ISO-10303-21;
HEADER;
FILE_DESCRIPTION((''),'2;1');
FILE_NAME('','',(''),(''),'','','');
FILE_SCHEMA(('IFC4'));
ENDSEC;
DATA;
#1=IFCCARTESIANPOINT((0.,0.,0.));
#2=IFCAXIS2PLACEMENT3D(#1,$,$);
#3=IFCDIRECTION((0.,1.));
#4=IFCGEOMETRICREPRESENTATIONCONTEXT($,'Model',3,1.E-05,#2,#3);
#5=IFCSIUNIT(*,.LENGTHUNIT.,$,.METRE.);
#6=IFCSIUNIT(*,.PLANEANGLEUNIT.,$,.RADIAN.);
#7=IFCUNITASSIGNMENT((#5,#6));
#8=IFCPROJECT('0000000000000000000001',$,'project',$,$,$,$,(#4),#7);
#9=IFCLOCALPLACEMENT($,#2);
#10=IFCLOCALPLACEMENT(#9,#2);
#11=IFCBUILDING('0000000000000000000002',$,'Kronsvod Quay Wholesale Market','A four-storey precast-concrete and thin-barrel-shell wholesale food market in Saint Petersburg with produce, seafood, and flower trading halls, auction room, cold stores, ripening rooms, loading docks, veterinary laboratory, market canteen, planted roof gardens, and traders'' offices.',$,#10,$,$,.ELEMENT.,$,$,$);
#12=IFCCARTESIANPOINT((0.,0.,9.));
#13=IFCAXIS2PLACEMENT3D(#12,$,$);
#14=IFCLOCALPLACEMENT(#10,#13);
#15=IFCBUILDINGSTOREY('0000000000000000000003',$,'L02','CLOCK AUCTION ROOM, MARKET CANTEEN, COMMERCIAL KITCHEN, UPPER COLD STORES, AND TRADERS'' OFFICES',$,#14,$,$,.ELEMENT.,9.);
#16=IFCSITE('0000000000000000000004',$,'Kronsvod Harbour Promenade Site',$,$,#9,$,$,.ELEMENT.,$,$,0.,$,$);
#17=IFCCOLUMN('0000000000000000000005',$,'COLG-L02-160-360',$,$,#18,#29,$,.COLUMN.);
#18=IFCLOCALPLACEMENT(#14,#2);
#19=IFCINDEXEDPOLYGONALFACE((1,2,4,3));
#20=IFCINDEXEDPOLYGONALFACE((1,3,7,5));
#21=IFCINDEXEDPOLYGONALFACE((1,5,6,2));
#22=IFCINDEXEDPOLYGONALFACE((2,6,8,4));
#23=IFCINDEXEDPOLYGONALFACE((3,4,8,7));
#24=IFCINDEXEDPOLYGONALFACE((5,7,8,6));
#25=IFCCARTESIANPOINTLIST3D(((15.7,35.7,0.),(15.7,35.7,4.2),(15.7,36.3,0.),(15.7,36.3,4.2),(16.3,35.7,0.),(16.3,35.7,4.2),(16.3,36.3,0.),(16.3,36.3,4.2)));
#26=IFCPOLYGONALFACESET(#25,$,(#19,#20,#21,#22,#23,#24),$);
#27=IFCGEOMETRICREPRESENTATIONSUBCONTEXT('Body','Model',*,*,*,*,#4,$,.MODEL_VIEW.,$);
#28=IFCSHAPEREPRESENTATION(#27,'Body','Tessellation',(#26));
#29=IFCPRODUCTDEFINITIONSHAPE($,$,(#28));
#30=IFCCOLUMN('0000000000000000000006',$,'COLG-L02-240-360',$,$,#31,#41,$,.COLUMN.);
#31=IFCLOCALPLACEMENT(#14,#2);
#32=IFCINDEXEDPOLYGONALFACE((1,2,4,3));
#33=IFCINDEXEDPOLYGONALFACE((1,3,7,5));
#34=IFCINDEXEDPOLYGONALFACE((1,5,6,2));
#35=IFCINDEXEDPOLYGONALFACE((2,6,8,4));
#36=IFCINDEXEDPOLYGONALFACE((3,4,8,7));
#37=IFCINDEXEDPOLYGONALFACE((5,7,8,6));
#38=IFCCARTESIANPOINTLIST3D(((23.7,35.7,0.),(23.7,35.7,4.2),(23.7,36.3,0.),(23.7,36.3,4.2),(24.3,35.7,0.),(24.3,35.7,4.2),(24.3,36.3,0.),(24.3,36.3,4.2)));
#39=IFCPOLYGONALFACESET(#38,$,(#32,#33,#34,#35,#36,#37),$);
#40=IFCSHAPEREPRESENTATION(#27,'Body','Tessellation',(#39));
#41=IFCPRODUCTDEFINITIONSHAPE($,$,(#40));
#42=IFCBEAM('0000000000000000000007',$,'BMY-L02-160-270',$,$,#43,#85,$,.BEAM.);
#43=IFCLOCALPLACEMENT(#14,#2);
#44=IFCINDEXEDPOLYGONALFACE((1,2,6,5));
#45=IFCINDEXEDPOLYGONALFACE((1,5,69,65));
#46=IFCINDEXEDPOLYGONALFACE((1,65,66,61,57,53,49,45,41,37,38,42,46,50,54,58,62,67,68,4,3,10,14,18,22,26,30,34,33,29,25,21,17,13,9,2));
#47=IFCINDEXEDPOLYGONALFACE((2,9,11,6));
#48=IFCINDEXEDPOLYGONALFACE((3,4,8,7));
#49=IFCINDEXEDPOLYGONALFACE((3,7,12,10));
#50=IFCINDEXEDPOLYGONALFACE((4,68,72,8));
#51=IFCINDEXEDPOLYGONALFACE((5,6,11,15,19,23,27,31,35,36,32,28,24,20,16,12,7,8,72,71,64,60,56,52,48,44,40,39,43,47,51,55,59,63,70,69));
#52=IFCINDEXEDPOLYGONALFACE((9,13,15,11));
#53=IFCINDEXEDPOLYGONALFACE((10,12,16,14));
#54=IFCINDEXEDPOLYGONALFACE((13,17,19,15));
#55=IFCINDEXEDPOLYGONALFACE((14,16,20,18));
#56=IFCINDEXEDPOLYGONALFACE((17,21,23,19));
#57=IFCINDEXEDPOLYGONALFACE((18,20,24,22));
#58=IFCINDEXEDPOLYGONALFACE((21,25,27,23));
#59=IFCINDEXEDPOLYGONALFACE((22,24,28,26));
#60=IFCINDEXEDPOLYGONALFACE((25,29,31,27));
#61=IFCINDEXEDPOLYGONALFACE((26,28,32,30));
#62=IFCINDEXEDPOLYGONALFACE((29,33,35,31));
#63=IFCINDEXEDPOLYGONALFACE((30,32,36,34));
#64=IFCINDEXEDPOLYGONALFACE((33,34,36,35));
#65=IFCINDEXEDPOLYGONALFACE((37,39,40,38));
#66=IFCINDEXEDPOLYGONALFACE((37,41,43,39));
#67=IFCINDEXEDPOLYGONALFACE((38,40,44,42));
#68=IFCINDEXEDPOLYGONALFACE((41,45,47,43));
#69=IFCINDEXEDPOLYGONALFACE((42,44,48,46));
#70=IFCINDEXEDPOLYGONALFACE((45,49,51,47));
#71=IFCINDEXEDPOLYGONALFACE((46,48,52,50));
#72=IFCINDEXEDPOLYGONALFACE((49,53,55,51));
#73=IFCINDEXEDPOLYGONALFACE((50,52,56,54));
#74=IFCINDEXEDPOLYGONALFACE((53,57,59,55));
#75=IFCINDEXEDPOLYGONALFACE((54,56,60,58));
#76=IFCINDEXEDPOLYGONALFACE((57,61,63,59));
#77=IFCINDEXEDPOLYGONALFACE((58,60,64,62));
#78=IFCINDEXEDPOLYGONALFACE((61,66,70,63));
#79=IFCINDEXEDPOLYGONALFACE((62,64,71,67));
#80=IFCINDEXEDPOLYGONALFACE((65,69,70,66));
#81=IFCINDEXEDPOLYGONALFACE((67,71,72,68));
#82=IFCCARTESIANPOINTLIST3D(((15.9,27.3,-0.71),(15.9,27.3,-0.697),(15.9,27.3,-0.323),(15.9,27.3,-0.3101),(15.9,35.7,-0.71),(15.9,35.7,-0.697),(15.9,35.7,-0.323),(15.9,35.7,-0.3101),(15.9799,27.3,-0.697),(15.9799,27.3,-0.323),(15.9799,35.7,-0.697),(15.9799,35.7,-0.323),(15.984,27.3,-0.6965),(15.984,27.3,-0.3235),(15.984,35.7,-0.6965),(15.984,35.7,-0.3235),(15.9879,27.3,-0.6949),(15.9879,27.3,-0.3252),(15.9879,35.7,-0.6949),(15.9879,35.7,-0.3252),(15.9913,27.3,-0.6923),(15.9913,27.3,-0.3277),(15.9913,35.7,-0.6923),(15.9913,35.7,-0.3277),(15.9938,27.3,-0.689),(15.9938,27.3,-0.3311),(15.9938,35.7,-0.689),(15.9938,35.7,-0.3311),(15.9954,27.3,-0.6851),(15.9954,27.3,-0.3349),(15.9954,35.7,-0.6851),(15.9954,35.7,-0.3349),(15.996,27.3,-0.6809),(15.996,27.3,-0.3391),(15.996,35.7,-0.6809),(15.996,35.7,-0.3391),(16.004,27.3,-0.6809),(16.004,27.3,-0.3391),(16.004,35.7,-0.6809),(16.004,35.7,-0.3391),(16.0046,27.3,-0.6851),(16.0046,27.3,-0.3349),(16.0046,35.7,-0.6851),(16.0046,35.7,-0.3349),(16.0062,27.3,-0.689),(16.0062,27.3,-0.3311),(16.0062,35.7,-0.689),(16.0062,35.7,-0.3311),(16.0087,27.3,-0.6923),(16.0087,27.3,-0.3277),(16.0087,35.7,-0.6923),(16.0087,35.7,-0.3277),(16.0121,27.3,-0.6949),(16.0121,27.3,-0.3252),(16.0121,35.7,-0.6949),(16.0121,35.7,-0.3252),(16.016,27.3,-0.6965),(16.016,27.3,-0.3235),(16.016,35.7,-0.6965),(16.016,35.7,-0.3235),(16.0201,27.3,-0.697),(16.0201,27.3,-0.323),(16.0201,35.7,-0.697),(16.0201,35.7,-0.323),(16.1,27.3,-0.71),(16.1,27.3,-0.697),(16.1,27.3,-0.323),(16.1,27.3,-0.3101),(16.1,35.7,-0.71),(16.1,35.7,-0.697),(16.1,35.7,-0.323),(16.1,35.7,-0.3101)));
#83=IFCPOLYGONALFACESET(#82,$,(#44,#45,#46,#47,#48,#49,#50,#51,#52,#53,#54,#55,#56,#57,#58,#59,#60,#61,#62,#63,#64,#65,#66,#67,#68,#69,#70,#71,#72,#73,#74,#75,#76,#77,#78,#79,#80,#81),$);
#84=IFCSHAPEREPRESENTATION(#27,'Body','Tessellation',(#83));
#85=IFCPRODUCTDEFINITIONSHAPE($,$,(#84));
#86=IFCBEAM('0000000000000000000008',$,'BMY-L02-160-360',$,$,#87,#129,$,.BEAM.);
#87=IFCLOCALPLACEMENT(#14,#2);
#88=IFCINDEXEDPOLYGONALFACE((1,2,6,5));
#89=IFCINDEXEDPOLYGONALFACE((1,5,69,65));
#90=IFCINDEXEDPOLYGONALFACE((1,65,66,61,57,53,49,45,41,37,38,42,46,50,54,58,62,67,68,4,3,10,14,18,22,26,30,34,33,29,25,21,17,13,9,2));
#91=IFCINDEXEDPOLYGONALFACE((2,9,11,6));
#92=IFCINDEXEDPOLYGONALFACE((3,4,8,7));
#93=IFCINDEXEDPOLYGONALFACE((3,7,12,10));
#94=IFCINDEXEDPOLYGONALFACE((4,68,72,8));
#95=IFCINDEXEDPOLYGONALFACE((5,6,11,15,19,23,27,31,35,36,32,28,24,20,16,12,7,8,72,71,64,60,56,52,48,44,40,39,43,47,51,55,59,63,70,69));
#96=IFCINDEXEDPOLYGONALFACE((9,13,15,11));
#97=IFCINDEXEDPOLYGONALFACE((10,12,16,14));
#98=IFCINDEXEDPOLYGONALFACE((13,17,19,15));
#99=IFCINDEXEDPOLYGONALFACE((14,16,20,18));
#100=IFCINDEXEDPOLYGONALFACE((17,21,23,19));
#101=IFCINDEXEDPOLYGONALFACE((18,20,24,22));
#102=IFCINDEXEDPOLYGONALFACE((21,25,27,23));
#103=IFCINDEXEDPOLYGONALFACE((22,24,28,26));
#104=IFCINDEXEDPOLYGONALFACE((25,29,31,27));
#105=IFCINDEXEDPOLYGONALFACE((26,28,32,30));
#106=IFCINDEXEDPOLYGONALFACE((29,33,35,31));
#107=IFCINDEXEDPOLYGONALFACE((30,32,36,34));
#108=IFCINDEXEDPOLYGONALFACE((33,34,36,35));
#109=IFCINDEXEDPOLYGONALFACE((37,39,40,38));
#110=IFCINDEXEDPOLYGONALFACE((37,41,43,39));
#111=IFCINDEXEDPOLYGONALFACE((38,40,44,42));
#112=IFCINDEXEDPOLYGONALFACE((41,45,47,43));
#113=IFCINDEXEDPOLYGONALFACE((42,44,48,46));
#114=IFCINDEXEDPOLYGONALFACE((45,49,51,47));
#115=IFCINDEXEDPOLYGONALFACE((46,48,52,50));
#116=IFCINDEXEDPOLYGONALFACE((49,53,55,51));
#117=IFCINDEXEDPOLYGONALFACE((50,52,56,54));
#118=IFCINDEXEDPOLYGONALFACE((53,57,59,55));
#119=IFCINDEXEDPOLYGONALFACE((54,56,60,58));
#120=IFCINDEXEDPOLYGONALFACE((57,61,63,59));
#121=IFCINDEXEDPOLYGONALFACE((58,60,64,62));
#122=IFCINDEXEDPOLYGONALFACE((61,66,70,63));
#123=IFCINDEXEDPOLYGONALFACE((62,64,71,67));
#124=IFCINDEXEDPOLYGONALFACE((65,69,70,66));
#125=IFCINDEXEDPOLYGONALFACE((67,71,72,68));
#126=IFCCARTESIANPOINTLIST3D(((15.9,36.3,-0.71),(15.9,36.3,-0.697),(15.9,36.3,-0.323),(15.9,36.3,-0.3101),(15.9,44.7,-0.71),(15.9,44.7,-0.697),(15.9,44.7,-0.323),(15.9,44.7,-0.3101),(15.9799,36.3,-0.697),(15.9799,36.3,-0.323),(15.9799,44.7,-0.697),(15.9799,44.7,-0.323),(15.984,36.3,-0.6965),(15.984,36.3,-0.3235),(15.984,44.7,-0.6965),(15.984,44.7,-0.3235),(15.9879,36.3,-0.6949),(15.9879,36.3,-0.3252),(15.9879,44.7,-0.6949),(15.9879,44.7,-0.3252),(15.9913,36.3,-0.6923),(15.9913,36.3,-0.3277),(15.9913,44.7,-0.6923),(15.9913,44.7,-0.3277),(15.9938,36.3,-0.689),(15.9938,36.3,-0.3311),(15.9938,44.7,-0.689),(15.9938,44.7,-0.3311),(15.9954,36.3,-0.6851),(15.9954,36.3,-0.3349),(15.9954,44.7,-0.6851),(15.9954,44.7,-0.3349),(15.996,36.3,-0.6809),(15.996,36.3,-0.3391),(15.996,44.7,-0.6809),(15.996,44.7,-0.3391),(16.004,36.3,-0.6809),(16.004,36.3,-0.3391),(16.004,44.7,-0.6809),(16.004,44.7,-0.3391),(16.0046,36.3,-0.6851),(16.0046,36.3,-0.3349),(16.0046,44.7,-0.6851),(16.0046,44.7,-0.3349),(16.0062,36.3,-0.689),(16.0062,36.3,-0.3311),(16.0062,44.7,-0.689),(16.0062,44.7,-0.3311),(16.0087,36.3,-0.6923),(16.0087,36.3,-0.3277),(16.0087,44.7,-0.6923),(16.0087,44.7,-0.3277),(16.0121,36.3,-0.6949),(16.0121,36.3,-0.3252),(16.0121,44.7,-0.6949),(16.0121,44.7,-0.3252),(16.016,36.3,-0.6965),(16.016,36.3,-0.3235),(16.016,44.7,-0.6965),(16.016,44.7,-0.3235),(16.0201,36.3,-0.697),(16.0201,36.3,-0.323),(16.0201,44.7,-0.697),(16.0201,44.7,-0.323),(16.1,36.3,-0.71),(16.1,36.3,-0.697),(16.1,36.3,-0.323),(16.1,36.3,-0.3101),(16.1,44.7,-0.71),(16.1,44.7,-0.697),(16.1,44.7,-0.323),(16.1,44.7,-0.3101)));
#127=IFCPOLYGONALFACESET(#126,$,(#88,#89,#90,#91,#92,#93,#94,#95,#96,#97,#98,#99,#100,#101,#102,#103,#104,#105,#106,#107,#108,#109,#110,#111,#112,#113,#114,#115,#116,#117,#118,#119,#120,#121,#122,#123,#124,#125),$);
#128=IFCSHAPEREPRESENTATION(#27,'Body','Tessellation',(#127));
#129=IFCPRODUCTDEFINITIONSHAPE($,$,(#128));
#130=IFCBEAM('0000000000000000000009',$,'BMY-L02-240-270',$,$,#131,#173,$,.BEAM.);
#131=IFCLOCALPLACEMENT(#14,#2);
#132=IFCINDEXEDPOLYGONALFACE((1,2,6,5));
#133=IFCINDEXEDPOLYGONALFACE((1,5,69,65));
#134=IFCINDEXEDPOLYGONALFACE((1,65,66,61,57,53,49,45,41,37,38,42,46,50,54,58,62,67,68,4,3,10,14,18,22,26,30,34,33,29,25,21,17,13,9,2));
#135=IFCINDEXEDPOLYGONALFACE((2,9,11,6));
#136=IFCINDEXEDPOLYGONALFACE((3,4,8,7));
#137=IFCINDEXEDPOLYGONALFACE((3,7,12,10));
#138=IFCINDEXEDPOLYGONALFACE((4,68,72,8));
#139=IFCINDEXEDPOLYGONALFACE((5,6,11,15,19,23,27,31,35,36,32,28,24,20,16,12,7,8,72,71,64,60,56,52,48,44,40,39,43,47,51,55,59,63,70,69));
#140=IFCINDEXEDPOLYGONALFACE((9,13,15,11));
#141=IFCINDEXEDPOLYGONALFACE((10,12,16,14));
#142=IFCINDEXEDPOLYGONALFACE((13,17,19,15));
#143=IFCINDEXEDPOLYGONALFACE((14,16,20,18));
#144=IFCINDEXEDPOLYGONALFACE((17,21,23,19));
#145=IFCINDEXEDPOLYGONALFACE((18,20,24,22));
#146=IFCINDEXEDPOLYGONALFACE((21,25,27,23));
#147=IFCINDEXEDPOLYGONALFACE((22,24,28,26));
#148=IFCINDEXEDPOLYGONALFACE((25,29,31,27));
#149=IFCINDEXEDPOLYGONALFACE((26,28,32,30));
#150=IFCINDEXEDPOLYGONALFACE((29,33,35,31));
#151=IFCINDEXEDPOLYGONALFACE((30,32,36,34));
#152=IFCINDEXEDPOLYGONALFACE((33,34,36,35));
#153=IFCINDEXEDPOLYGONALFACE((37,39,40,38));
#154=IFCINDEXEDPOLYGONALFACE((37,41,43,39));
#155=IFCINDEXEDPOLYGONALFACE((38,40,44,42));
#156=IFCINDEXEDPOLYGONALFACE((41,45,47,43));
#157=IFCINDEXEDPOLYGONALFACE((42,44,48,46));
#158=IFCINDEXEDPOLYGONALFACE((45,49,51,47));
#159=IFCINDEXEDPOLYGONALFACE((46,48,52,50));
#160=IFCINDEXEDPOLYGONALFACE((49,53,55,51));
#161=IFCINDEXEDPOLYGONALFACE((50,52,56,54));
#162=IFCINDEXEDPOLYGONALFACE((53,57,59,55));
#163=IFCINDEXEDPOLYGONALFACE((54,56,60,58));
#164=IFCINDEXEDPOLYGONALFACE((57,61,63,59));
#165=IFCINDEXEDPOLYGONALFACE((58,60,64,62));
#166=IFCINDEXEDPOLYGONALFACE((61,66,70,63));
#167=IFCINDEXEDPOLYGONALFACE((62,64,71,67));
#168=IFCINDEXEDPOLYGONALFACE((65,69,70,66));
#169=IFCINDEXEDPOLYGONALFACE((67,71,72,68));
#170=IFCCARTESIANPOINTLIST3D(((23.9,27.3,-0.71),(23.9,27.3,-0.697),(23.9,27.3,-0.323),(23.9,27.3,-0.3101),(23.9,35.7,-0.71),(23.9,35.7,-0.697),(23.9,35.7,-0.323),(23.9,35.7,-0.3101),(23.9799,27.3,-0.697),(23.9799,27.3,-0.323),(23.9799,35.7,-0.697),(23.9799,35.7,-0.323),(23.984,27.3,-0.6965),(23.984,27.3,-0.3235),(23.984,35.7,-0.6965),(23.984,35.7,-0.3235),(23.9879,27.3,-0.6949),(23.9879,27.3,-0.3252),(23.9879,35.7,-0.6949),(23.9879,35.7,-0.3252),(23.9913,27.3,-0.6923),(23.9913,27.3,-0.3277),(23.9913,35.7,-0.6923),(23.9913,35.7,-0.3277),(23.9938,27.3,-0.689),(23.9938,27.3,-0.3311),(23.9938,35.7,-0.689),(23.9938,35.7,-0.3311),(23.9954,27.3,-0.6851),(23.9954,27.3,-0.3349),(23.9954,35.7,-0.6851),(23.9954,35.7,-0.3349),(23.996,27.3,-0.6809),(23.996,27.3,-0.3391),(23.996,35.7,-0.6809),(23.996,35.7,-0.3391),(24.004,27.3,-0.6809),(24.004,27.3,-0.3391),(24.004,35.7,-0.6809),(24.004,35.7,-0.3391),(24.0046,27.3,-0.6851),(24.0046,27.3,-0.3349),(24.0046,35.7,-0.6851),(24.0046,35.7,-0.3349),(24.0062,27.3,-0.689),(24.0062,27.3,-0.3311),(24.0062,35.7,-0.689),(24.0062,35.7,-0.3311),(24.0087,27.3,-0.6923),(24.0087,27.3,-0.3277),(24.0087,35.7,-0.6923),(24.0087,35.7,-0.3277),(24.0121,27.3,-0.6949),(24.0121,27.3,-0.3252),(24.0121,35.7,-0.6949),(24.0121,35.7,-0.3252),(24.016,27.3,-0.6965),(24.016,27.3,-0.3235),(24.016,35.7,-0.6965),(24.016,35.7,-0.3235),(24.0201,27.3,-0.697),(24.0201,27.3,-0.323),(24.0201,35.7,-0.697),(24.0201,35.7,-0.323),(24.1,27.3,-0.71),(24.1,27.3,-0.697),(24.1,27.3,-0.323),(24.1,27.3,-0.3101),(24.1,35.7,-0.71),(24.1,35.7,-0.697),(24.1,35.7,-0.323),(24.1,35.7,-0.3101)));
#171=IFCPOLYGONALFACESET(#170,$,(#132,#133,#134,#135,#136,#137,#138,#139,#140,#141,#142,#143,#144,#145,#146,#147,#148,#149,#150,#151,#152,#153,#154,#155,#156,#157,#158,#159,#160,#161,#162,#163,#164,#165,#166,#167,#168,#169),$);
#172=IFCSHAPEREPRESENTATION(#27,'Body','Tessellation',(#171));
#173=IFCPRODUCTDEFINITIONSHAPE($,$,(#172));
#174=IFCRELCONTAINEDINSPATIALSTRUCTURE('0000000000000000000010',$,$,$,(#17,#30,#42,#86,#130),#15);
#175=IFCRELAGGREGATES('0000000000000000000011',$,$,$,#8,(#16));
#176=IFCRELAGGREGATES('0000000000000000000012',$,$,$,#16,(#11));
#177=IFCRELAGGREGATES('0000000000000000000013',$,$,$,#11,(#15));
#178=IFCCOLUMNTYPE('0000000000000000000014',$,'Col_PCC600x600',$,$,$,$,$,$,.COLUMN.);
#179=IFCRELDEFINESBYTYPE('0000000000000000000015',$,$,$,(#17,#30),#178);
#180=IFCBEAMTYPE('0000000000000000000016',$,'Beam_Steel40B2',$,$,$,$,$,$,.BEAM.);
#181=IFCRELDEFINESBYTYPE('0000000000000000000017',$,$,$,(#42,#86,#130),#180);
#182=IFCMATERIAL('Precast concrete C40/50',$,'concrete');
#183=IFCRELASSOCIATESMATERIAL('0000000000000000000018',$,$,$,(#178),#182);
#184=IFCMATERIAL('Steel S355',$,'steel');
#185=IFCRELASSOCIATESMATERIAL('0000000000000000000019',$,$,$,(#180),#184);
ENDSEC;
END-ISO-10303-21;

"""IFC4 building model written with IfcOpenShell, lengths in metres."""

from ifc_helpers import new_model, si_unit, direction, frame, origin, origin_2d, place, context, subcontext, project, spatial, rectangle, i_section, extrude, material, material_profile, profile_set, type_object, element, save


model = new_model("IFC4")

# Units and contexts
model_context = context("Model", 3, precision=1e-05, world=origin(), true_north=direction((0.0, 1.0)))
body_context = subcontext(model_context, "Body", "Model", "MODEL_VIEW")
ifc_project = project(units=[si_unit("LENGTHUNIT", "METRE"), si_unit("PLANEANGLEUNIT", "RADIAN")], contexts=[model_context])

# Site, building, storey
site_placement = place(None, origin())
site = spatial("IfcSite", under=ifc_project, at=site_placement, Name="Kronsvod Harbour Promenade Site", CompositionType="ELEMENT", RefElevation=0.0)
building_placement = place(site_placement, origin())
building = spatial("IfcBuilding", under=site, at=building_placement, Name="Kronsvod Quay Wholesale Market", Description="A four-storey precast-concrete and thin-barrel-shell wholesale food market in Saint Petersburg with produce, seafood, and flower trading halls, auction room, cold stores, ripening rooms, loading docks, veterinary laboratory, market canteen, planted roof gardens, and traders' offices.", CompositionType="ELEMENT")
storey_placement = place(building_placement, frame((0.0, 0.0, 9.0)))
storey = spatial("IfcBuildingStorey", under=building, at=storey_placement, Name="L02", Description="CLOCK AUCTION ROOM, MARKET CANTEEN, COMMERCIAL KITCHEN, UPPER COLD STORES, AND TRADERS' OFFICES", CompositionType="ELEMENT", Elevation=9.0)

# Columns
ifc_material_1 = material(Name="Precast concrete C40/50", Category="concrete")
ifc_material_profile_1 = material_profile(ifc_material_1, rectangle(XDim=0.6001, YDim=0.6001, at=origin_2d()), Name="PCC600x600")
ifc_profile_set_1 = profile_set([ifc_material_profile_1], Name="Precast concrete C40/50")
column_type = type_object("IfcColumnType", Name="Col_PCC600x600", PredefinedType="COLUMN", material=ifc_profile_set_1)
for number, where, z_axis, x_axis, name in (
    (1, (16.0, 36.0, 0.0), (0.0, 0.0, 1.0), (1.0, 0.0, 0.0), "COLG-L02-160-360"),
    (2, (24.0, 36.0, 0.0), (0.0, 0.0, 1.0), (1.0, 0.0, 0.0), "COLG-L02-240-360"),
):
    element("IfcColumn", number, at=place(storey_placement, frame(where, z_axis=z_axis, x_axis=x_axis)), inside=storey, type_object=column_type, Name=name, PredefinedType="COLUMN", context=body_context, shape_type="SweptSolid", body=[
        extrude(rectangle(XDim=0.6001, YDim=0.6001, at=origin_2d()), origin(), (0.0, 0.0, 1.0), 4.2),
    ])

# Beams
ifc_material_2 = material(Name="Steel S355", Category="steel")
ifc_material_profile_2 = material_profile(ifc_material_2, i_section(OverallWidth=0.2, OverallDepth=0.3999, WebThickness=0.0081, FlangeThickness=0.0129, FilletRadius=0.0161, at=origin_2d()), Name="40B2")
ifc_profile_set_2 = profile_set([ifc_material_profile_2], Name="Steel S355")
beam_type_1 = type_object("IfcBeamType", Name="Beam_Steel40B2", PredefinedType="BEAM", material=ifc_profile_set_2)
for number, where, z_axis, x_axis, name in (
    (3, (16.0, 27.3, -0.51), (0.0, 1.0, 0.0), (-1.0, 0.0, 0.0), "BMY-L02-160-270"),
    (4, (16.0, 36.3, -0.51), (0.0, 1.0, 0.0), (-1.0, 0.0, 0.0), "BMY-L02-160-360"),
    (5, (24.0, 27.3, -0.51), (0.0, 1.0, 0.0), (-1.0, 0.0, 0.0), "BMY-L02-240-270"),
):
    element("IfcBeam", number, at=place(storey_placement, frame(where, z_axis=z_axis, x_axis=x_axis)), inside=storey, type_object=beam_type_1, Name=name, PredefinedType="BEAM", context=body_context, shape_type="SweptSolid", body=[
        extrude(i_section(OverallWidth=0.2, OverallDepth=0.3999, WebThickness=0.0081, FlangeThickness=0.0129, FilletRadius=0.0161, at=origin_2d()), origin(), (0.0, 0.0, 1.0), 8.3999),
    ])

save(model, "model.ifc")
